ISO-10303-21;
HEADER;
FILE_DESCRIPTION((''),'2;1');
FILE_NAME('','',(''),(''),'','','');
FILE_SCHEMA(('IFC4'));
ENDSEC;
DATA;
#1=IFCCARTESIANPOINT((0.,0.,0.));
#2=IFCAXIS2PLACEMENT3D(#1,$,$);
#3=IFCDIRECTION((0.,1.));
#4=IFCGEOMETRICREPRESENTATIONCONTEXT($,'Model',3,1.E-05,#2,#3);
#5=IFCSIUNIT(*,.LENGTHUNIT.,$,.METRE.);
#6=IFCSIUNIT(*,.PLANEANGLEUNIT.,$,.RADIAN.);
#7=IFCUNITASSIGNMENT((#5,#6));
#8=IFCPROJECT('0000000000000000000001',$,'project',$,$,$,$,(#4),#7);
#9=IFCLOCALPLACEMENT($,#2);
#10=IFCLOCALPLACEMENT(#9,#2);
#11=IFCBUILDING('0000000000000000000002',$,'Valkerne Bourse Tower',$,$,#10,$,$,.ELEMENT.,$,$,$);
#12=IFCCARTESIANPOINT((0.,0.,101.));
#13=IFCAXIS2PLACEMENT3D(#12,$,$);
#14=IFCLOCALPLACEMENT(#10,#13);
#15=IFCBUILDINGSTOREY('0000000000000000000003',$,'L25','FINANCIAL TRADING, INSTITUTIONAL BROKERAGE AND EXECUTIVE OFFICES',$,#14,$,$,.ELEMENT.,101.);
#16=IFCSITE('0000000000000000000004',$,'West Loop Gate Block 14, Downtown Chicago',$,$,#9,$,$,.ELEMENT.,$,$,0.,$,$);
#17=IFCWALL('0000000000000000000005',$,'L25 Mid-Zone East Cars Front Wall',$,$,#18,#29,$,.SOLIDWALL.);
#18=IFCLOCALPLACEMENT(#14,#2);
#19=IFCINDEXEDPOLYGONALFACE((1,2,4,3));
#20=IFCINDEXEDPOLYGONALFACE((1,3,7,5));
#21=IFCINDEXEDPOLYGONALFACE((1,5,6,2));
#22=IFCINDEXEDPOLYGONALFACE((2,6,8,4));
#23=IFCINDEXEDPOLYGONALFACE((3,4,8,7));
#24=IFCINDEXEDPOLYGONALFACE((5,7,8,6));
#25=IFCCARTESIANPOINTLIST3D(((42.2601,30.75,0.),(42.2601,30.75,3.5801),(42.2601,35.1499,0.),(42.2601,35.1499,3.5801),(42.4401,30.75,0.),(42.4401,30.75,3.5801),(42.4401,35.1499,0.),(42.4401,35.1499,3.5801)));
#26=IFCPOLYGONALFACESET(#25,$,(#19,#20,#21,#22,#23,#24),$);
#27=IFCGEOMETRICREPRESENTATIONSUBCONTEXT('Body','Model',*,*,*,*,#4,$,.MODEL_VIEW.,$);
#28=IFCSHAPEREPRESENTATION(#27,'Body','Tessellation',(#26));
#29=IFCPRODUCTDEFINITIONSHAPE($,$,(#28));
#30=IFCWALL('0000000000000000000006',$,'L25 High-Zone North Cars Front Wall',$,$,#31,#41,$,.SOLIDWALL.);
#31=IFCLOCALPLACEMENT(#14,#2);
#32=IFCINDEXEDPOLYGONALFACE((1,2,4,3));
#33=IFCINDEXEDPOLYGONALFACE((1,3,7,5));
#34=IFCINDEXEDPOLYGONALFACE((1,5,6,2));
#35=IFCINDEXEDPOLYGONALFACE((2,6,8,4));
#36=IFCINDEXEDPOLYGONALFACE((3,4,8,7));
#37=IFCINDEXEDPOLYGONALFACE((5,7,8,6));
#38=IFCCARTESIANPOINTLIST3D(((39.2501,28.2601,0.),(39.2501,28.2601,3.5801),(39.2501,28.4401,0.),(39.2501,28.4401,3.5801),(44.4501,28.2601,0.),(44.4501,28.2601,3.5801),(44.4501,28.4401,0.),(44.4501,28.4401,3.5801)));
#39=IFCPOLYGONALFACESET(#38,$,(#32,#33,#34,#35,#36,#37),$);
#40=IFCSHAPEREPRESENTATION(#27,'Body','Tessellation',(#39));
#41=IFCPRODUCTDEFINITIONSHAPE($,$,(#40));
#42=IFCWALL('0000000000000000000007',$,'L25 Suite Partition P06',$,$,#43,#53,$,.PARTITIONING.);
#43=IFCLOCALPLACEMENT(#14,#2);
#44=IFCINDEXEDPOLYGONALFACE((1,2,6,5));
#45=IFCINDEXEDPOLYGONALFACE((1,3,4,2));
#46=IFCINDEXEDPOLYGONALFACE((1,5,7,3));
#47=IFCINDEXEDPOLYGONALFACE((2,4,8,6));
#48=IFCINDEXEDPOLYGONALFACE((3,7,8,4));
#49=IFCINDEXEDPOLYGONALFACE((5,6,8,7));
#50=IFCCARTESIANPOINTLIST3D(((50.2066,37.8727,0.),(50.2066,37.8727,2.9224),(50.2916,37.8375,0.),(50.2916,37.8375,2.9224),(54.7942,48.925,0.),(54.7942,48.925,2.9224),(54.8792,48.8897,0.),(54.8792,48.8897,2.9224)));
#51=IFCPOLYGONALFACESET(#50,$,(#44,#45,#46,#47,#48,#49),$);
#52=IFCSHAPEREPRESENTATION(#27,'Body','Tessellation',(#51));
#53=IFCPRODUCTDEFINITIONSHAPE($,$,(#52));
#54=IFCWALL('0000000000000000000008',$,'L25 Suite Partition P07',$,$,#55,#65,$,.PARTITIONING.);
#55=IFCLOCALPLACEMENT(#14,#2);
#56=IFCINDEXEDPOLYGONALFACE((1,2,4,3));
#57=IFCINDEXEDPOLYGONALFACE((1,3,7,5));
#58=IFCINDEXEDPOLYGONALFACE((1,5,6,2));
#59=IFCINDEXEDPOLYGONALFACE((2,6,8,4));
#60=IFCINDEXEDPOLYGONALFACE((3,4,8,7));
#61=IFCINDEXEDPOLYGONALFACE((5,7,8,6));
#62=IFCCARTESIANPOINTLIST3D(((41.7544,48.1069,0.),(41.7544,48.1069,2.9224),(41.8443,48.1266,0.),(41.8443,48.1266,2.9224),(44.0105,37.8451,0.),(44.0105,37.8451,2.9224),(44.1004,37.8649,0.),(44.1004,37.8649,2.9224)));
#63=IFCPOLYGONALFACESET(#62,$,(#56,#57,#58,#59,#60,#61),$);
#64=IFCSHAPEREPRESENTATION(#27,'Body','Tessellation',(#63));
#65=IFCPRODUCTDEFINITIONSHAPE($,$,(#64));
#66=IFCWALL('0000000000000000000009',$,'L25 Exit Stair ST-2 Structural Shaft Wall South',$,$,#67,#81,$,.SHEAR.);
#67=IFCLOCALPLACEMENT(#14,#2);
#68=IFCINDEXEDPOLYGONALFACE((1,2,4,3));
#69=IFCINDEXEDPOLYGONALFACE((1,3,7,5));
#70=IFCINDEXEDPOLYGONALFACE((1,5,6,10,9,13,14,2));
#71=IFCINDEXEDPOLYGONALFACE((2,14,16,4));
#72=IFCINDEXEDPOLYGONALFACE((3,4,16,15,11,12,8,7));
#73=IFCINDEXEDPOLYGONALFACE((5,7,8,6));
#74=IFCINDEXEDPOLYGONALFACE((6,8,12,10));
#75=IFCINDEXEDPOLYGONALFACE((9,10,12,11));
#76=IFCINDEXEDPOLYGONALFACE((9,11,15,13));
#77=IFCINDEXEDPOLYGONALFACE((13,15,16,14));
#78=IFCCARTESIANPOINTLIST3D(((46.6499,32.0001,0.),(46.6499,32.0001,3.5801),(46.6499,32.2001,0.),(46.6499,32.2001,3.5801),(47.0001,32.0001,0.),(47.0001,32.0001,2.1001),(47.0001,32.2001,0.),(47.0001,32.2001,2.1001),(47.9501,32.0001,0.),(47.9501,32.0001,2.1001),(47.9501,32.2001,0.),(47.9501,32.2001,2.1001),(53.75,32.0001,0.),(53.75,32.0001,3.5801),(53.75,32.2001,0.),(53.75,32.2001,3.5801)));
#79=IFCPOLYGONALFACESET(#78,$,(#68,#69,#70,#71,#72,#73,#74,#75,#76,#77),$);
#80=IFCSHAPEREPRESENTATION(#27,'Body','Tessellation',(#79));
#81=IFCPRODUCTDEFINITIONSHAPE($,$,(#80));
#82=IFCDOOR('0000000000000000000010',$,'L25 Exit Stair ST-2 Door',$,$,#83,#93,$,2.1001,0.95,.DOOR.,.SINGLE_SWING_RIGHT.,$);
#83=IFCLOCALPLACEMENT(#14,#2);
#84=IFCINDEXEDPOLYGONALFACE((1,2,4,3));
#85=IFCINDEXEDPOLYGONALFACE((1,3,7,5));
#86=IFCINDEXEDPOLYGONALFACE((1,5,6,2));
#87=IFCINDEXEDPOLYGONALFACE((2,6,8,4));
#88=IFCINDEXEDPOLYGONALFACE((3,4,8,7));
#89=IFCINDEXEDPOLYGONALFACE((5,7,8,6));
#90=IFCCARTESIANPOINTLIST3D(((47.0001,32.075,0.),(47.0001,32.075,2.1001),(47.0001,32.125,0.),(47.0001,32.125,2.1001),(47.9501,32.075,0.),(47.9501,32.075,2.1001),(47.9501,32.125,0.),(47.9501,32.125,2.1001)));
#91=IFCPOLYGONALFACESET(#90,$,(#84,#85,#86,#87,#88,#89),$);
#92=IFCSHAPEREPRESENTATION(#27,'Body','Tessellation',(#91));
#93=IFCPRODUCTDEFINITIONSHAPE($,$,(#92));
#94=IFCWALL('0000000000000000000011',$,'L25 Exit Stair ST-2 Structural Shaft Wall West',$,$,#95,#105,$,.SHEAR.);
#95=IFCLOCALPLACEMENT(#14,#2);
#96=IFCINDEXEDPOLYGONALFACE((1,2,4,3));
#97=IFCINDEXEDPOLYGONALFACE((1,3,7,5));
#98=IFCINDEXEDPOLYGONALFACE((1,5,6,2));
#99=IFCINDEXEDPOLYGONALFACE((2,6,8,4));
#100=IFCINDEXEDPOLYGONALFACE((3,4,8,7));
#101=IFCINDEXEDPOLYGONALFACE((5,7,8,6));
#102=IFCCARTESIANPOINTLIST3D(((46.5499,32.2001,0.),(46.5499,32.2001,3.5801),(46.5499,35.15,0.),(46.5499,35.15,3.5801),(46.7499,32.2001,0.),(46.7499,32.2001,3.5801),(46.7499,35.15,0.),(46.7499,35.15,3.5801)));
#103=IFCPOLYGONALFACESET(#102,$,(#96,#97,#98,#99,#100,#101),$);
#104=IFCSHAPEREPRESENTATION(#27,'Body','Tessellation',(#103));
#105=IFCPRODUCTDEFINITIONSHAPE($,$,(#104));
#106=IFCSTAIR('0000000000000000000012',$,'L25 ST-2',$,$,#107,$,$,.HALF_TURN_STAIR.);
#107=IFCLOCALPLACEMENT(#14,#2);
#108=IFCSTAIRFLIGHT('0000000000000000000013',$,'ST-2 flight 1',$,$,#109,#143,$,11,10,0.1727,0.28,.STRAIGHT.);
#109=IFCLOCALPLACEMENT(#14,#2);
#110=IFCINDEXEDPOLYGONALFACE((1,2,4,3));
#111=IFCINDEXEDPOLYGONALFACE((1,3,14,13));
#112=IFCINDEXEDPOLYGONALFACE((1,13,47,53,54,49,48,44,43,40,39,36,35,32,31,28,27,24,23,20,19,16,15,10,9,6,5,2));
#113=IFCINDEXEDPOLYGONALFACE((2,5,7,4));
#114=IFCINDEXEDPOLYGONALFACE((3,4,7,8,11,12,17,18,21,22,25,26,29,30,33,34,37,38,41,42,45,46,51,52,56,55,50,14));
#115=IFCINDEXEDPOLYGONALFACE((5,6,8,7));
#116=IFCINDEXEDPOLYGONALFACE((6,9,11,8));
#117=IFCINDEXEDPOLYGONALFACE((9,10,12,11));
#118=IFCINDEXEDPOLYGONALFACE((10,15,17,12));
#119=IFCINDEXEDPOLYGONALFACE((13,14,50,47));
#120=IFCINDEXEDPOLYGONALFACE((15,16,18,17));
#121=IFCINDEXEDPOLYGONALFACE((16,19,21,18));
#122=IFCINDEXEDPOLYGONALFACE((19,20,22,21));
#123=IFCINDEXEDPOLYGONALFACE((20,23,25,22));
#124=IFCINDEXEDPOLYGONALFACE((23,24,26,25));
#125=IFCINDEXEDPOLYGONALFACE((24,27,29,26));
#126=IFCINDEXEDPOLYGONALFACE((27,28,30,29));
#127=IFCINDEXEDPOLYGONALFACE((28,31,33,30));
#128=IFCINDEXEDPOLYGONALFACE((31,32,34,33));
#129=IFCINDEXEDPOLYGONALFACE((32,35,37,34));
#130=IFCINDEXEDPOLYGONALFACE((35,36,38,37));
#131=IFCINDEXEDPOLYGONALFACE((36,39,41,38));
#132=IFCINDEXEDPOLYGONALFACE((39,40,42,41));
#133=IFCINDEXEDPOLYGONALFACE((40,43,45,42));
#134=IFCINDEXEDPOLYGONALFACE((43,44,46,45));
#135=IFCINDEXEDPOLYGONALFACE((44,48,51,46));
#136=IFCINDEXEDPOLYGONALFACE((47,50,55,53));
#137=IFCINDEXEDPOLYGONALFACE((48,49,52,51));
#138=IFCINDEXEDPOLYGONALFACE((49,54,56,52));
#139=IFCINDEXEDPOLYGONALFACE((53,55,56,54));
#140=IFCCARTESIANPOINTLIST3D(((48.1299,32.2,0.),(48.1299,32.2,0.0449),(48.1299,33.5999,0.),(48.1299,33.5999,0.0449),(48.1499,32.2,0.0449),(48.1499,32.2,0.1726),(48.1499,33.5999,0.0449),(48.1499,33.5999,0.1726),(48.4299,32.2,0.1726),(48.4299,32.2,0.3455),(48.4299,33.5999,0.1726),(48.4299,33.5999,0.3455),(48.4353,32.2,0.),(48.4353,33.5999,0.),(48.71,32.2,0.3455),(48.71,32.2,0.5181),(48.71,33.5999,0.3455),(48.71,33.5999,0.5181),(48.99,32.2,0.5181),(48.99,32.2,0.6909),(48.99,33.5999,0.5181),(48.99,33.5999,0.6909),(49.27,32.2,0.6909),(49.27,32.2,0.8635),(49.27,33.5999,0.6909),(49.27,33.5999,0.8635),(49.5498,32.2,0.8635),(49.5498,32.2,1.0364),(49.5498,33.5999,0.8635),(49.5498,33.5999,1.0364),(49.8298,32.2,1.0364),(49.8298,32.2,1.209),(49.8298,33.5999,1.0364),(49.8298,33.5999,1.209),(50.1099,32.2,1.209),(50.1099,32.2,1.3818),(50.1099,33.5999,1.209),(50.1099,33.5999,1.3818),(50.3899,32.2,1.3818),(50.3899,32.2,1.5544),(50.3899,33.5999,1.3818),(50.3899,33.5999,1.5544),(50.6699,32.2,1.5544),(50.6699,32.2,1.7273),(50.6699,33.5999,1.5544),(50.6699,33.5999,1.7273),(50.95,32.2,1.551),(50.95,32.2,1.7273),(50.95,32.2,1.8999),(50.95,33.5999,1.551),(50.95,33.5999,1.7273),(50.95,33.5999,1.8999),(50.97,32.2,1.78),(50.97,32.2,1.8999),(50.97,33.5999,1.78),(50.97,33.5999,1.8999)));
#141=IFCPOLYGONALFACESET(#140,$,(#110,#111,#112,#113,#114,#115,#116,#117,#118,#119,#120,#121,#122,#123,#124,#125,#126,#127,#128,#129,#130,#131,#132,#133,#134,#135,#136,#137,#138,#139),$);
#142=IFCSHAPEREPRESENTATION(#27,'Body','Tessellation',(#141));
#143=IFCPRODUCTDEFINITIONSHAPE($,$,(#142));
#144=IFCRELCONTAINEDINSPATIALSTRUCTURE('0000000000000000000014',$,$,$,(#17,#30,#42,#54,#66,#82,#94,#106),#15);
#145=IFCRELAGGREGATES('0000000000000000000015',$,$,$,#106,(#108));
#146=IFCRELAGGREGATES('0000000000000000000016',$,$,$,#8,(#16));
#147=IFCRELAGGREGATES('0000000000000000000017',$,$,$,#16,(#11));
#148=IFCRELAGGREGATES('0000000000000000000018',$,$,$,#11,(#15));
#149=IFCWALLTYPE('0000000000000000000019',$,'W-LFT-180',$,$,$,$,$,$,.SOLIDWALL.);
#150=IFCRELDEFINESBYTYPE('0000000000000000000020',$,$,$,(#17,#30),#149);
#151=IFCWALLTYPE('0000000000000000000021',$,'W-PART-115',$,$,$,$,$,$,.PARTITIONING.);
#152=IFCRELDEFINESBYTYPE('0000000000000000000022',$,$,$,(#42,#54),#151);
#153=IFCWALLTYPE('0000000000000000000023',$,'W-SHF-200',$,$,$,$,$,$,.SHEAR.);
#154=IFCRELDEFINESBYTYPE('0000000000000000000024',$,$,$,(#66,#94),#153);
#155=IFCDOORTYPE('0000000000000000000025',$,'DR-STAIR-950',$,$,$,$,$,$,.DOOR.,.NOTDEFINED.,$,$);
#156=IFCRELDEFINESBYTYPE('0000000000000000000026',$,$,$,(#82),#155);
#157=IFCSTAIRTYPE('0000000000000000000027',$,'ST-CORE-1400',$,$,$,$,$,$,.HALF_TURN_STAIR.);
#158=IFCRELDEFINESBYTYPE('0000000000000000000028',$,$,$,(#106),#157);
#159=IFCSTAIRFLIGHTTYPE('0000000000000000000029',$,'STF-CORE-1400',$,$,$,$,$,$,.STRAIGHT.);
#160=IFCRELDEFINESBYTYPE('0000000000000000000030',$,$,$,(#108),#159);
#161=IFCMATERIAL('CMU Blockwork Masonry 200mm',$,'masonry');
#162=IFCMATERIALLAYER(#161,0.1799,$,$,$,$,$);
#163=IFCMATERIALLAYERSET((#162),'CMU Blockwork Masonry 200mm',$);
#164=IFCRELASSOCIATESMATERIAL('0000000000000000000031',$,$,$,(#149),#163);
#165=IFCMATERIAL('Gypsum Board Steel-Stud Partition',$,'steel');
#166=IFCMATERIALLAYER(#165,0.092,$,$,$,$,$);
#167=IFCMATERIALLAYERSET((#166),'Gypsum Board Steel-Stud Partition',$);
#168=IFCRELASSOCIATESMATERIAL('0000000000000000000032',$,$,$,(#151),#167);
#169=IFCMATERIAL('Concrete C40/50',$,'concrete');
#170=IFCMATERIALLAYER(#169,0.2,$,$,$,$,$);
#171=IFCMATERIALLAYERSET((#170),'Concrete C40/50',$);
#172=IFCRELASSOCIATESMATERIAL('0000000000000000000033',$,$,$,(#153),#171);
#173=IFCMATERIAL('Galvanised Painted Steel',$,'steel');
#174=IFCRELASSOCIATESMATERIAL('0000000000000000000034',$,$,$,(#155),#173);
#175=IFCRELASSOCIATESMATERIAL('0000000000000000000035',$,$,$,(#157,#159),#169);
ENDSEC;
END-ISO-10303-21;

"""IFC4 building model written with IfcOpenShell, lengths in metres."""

from ifc_helpers import new_model, si_unit, direction, frame, frame_2d, origin, place, context, subcontext, project, spatial, polyline, rectangle, outline, extrude, material, layer, layer_set, type_object, element, fill, aggregate, save


model = new_model("IFC4")

# Units and contexts
model_context = context("Model", 3, precision=1e-05, world=origin(), true_north=direction((0.0, 1.0)))
body_context = subcontext(model_context, "Body", "Model", "MODEL_VIEW")
ifc_project = project(units=[si_unit("LENGTHUNIT", "METRE"), si_unit("PLANEANGLEUNIT", "RADIAN")], contexts=[model_context])

# Site, building, storey
site_placement = place(None, origin())
site = spatial("IfcSite", under=ifc_project, at=site_placement, Name="West Loop Gate Block 14, Downtown Chicago", CompositionType="ELEMENT", RefElevation=0.0)
building_placement = place(site_placement, origin())
building = spatial("IfcBuilding", under=site, at=building_placement, Name="Valkerne Bourse Tower", CompositionType="ELEMENT")
storey_placement = place(building_placement, frame((0.0, 0.0, 101.0)))
storey = spatial("IfcBuildingStorey", under=building, at=storey_placement, Name="L25", Description="FINANCIAL TRADING, INSTITUTIONAL BROKERAGE AND EXECUTIVE OFFICES", CompositionType="ELEMENT", Elevation=101.0)

# Shared definitions
ifc_material_1 = material(Name="Galvanised Painted Steel", Category="steel")

# Walls
ifc_material_2 = material(Name="CMU Blockwork Masonry 200mm", Category="masonry")
ifc_layer_1 = layer(ifc_material_2, 0.1799)
ifc_layer_set_1 = layer_set([ifc_layer_1], Name="CMU Blockwork Masonry 200mm")
wall_type_1 = type_object("IfcWallType", Name="W-LFT-180", PredefinedType="SOLIDWALL", material=ifc_layer_set_1)
for number, where, z_axis, x_axis, name in (
    (1, (42.3501, 30.75, 0.0), (0.0, 0.0, 1.0), (0.0, 1.0, 0.0), "L25 Mid-Zone East Cars Front Wall"),
):
    element("IfcWall", number, at=place(storey_placement, frame(where, z_axis=z_axis, x_axis=x_axis)), inside=storey, type_object=wall_type_1, Name=name, PredefinedType="SOLIDWALL", context=body_context, shape_type="SweptSolid", body=[
        extrude(rectangle(XDim=4.3999, YDim=0.1799, at=frame_2d((2.2, 0.0))), origin(), (0.0, 0.0, 1.0), 3.5801),
    ])
wall_1_placement = place(storey_placement, frame((39.25, 28.3501, 0.0), z_axis=(0.0, 0.0, 1.0), x_axis=(1.0, 0.0, 0.0)))
element("IfcWall", 2, at=wall_1_placement, inside=storey, type_object=wall_type_1, Name="L25 High-Zone North Cars Front Wall", PredefinedType="SOLIDWALL", context=body_context, shape_type="SweptSolid", body=[
    extrude(rectangle(XDim=5.2, YDim=0.1799, at=frame_2d((2.6001, 0.0))), origin(), (0.0, 0.0, 1.0), 3.5801),
])
ifc_material_3 = material(Name="Gypsum Board Steel-Stud Partition", Category="steel")
ifc_layer_2 = layer(ifc_material_3, 0.092)
ifc_layer_set_2 = layer_set([ifc_layer_2], Name="Gypsum Board Steel-Stud Partition")
wall_type_2 = type_object("IfcWallType", Name="W-PART-115", PredefinedType="PARTITIONING", material=ifc_layer_set_2)
wall_2_placement = place(storey_placement, frame((50.249, 37.855, 0.0), z_axis=(0.0, 0.0, 1.0), x_axis=(0.383372, 0.923594, 0.0)))
element("IfcWall", 3, at=wall_2_placement, inside=storey, type_object=wall_type_2, Name="L25 Suite Partition P06", PredefinedType="PARTITIONING", context=body_context, shape_type="SweptSolid", body=[
    extrude(rectangle(XDim=11.9666, YDim=0.092, at=frame_2d((5.9834, 0.0))), origin(), (0.0, 0.0, 1.0), 2.9224),
])
wall_3_placement = place(storey_placement, frame((44.0554, 37.855, 0.0), z_axis=(0.0, 0.0, 1.0), x_axis=(-0.214728, 0.976674, 0.0)))
element("IfcWall", 4, at=wall_3_placement, inside=storey, type_object=wall_type_2, Name="L25 Suite Partition P07", PredefinedType="PARTITIONING", context=body_context, shape_type="SweptSolid", body=[
    extrude(rectangle(XDim=10.5068, YDim=0.092, at=frame_2d((5.2534, 0.0))), origin(), (0.0, 0.0, 1.0), 2.9224),
])

# Wall, opening, door
ifc_material_4 = material(Name="Concrete C40/50", Category="concrete")
ifc_layer_3 = layer(ifc_material_4, 0.2)
ifc_layer_set_3 = layer_set([ifc_layer_3], Name="Concrete C40/50")
wall_type_3 = type_object("IfcWallType", Name="W-SHF-200", PredefinedType="SHEAR", material=ifc_layer_set_3)
wall_4_placement = place(storey_placement, frame((46.6499, 32.1001, 0.0), z_axis=(0.0, 0.0, 1.0), x_axis=(1.0, 0.0, 0.0)))
wall_4 = element("IfcWall", 5, at=wall_4_placement, inside=storey, type_object=wall_type_3, Name="L25 Exit Stair ST-2 Structural Shaft Wall South", PredefinedType="SHEAR", context=body_context, shape_type="SweptSolid", body=[
    extrude(rectangle(XDim=7.1001, YDim=0.2, at=frame_2d((3.55, 0.0))), origin(), (0.0, 0.0, 1.0), 3.5801),
])
opening_1_placement = place(wall_4_placement, frame((0.3501, 0.0, 0.0)))
opening_1 = element("IfcOpeningElement", 6, at=opening_1_placement, cuts=wall_4, PredefinedType="OPENING", context=body_context, shape_type="SweptSolid", body=[
    extrude(rectangle(XDim=0.95, YDim=2.1001, at=frame_2d((0.4751, 1.05))), frame((0.0, 0.1099, 0.0), z_axis=(0.0, -1.0, 0.0), x_axis=(1.0, 0.0, 0.0)), (0.0, 0.0, 1.0), 0.22),
])
door_type_1 = type_object("IfcDoorType", Name="DR-STAIR-950", OperationType="NOTDEFINED", PredefinedType="DOOR", material=ifc_material_1)
door_1_placement = place(opening_1_placement, origin())
door_1 = element("IfcDoor", 7, at=door_1_placement, inside=storey, type_object=door_type_1, Name="L25 Exit Stair ST-2 Door", OperationType="SINGLE_SWING_RIGHT", OverallHeight=2.1001, OverallWidth=0.95, PredefinedType="DOOR", context=body_context, shape_type="SweptSolid", body=[
    extrude(rectangle(XDim=0.95, YDim=2.1001, at=frame_2d((0.4751, 1.05))), frame((0.0, 0.0249, 0.0), z_axis=(0.0, -1.0, 0.0), x_axis=(1.0, 0.0, 0.0)), (0.0, 0.0, 1.0), 0.05),
])
fill(opening_1, door_1)

# Wall
wall_5_placement = place(storey_placement, frame((46.6499, 32.2, 0.0), z_axis=(0.0, 0.0, 1.0), x_axis=(0.0, 1.0, 0.0)))
element("IfcWall", 8, at=wall_5_placement, inside=storey, type_object=wall_type_3, Name="L25 Exit Stair ST-2 Structural Shaft Wall West", PredefinedType="SHEAR", context=body_context, shape_type="SweptSolid", body=[
    extrude(rectangle(XDim=2.95, YDim=0.2, at=frame_2d((1.4751, 0.0))), origin(), (0.0, 0.0, 1.0), 3.5801),
])

# Stair, stair flight
stair_type = type_object("IfcStairType", Name="ST-CORE-1400", PredefinedType="HALF_TURN_STAIR", material=ifc_material_4)
stair_placement = place(storey_placement, origin())
stair = element("IfcStair", 9, at=stair_placement, inside=storey, type_object=stair_type, Name="L25 ST-2", PredefinedType="HALF_TURN_STAIR")
stair_flight_type = type_object("IfcStairFlightType", Name="STF-CORE-1400", PredefinedType="STRAIGHT", material=ifc_material_4)
stair_flight_placement = place(storey_placement, frame((48.1499, 32.8999, 0.0), z_axis=(0.0, 0.0, 1.0), x_axis=(1.0, 0.0, 0.0)))
stair_flight = element("IfcStairFlight", 10, at=stair_flight_placement, type_object=stair_flight_type, Name="ST-2 flight 1", NumberOfRisers=11, NumberOfTreads=10, PredefinedType="STRAIGHT", RiserHeight=0.1727, TreadLength=0.28, context=body_context, shape_type="SweptSolid", body=[
    extrude(outline(polyline([(-0.02, 0.0), (-0.02, 0.0449), (0.0, 0.0449), (0.0, 0.1726), (0.28, 0.1726), (0.28, 0.3455), (0.5601, 0.3455), (0.5601, 0.5181), (0.8401, 0.5181), (0.8401, 0.6909), (1.1201, 0.6909), (1.1201, 0.8635), (1.3999, 0.8635), (1.3999, 1.0364), (1.6799, 1.0364), (1.6799, 1.209), (1.96, 1.209), (1.96, 1.3818), (2.24, 1.3818), (2.24, 1.5544), (2.52, 1.5544), (2.52, 1.7273), (2.8, 1.7273), (2.8, 1.8999), (2.8201, 1.8999), (2.8201, 1.78), (2.8, 1.551), (0.2854, 0.0), (-0.02, 0.0)])), frame((0.0, 0.7, 0.0), z_axis=(0.0, -1.0, 0.0), x_axis=(1.0, 0.0, 0.0)), (0.0, 0.0, 1.0), 1.3999),
])
aggregate(stair, [stair_flight])

save(model, "model.ifc")
